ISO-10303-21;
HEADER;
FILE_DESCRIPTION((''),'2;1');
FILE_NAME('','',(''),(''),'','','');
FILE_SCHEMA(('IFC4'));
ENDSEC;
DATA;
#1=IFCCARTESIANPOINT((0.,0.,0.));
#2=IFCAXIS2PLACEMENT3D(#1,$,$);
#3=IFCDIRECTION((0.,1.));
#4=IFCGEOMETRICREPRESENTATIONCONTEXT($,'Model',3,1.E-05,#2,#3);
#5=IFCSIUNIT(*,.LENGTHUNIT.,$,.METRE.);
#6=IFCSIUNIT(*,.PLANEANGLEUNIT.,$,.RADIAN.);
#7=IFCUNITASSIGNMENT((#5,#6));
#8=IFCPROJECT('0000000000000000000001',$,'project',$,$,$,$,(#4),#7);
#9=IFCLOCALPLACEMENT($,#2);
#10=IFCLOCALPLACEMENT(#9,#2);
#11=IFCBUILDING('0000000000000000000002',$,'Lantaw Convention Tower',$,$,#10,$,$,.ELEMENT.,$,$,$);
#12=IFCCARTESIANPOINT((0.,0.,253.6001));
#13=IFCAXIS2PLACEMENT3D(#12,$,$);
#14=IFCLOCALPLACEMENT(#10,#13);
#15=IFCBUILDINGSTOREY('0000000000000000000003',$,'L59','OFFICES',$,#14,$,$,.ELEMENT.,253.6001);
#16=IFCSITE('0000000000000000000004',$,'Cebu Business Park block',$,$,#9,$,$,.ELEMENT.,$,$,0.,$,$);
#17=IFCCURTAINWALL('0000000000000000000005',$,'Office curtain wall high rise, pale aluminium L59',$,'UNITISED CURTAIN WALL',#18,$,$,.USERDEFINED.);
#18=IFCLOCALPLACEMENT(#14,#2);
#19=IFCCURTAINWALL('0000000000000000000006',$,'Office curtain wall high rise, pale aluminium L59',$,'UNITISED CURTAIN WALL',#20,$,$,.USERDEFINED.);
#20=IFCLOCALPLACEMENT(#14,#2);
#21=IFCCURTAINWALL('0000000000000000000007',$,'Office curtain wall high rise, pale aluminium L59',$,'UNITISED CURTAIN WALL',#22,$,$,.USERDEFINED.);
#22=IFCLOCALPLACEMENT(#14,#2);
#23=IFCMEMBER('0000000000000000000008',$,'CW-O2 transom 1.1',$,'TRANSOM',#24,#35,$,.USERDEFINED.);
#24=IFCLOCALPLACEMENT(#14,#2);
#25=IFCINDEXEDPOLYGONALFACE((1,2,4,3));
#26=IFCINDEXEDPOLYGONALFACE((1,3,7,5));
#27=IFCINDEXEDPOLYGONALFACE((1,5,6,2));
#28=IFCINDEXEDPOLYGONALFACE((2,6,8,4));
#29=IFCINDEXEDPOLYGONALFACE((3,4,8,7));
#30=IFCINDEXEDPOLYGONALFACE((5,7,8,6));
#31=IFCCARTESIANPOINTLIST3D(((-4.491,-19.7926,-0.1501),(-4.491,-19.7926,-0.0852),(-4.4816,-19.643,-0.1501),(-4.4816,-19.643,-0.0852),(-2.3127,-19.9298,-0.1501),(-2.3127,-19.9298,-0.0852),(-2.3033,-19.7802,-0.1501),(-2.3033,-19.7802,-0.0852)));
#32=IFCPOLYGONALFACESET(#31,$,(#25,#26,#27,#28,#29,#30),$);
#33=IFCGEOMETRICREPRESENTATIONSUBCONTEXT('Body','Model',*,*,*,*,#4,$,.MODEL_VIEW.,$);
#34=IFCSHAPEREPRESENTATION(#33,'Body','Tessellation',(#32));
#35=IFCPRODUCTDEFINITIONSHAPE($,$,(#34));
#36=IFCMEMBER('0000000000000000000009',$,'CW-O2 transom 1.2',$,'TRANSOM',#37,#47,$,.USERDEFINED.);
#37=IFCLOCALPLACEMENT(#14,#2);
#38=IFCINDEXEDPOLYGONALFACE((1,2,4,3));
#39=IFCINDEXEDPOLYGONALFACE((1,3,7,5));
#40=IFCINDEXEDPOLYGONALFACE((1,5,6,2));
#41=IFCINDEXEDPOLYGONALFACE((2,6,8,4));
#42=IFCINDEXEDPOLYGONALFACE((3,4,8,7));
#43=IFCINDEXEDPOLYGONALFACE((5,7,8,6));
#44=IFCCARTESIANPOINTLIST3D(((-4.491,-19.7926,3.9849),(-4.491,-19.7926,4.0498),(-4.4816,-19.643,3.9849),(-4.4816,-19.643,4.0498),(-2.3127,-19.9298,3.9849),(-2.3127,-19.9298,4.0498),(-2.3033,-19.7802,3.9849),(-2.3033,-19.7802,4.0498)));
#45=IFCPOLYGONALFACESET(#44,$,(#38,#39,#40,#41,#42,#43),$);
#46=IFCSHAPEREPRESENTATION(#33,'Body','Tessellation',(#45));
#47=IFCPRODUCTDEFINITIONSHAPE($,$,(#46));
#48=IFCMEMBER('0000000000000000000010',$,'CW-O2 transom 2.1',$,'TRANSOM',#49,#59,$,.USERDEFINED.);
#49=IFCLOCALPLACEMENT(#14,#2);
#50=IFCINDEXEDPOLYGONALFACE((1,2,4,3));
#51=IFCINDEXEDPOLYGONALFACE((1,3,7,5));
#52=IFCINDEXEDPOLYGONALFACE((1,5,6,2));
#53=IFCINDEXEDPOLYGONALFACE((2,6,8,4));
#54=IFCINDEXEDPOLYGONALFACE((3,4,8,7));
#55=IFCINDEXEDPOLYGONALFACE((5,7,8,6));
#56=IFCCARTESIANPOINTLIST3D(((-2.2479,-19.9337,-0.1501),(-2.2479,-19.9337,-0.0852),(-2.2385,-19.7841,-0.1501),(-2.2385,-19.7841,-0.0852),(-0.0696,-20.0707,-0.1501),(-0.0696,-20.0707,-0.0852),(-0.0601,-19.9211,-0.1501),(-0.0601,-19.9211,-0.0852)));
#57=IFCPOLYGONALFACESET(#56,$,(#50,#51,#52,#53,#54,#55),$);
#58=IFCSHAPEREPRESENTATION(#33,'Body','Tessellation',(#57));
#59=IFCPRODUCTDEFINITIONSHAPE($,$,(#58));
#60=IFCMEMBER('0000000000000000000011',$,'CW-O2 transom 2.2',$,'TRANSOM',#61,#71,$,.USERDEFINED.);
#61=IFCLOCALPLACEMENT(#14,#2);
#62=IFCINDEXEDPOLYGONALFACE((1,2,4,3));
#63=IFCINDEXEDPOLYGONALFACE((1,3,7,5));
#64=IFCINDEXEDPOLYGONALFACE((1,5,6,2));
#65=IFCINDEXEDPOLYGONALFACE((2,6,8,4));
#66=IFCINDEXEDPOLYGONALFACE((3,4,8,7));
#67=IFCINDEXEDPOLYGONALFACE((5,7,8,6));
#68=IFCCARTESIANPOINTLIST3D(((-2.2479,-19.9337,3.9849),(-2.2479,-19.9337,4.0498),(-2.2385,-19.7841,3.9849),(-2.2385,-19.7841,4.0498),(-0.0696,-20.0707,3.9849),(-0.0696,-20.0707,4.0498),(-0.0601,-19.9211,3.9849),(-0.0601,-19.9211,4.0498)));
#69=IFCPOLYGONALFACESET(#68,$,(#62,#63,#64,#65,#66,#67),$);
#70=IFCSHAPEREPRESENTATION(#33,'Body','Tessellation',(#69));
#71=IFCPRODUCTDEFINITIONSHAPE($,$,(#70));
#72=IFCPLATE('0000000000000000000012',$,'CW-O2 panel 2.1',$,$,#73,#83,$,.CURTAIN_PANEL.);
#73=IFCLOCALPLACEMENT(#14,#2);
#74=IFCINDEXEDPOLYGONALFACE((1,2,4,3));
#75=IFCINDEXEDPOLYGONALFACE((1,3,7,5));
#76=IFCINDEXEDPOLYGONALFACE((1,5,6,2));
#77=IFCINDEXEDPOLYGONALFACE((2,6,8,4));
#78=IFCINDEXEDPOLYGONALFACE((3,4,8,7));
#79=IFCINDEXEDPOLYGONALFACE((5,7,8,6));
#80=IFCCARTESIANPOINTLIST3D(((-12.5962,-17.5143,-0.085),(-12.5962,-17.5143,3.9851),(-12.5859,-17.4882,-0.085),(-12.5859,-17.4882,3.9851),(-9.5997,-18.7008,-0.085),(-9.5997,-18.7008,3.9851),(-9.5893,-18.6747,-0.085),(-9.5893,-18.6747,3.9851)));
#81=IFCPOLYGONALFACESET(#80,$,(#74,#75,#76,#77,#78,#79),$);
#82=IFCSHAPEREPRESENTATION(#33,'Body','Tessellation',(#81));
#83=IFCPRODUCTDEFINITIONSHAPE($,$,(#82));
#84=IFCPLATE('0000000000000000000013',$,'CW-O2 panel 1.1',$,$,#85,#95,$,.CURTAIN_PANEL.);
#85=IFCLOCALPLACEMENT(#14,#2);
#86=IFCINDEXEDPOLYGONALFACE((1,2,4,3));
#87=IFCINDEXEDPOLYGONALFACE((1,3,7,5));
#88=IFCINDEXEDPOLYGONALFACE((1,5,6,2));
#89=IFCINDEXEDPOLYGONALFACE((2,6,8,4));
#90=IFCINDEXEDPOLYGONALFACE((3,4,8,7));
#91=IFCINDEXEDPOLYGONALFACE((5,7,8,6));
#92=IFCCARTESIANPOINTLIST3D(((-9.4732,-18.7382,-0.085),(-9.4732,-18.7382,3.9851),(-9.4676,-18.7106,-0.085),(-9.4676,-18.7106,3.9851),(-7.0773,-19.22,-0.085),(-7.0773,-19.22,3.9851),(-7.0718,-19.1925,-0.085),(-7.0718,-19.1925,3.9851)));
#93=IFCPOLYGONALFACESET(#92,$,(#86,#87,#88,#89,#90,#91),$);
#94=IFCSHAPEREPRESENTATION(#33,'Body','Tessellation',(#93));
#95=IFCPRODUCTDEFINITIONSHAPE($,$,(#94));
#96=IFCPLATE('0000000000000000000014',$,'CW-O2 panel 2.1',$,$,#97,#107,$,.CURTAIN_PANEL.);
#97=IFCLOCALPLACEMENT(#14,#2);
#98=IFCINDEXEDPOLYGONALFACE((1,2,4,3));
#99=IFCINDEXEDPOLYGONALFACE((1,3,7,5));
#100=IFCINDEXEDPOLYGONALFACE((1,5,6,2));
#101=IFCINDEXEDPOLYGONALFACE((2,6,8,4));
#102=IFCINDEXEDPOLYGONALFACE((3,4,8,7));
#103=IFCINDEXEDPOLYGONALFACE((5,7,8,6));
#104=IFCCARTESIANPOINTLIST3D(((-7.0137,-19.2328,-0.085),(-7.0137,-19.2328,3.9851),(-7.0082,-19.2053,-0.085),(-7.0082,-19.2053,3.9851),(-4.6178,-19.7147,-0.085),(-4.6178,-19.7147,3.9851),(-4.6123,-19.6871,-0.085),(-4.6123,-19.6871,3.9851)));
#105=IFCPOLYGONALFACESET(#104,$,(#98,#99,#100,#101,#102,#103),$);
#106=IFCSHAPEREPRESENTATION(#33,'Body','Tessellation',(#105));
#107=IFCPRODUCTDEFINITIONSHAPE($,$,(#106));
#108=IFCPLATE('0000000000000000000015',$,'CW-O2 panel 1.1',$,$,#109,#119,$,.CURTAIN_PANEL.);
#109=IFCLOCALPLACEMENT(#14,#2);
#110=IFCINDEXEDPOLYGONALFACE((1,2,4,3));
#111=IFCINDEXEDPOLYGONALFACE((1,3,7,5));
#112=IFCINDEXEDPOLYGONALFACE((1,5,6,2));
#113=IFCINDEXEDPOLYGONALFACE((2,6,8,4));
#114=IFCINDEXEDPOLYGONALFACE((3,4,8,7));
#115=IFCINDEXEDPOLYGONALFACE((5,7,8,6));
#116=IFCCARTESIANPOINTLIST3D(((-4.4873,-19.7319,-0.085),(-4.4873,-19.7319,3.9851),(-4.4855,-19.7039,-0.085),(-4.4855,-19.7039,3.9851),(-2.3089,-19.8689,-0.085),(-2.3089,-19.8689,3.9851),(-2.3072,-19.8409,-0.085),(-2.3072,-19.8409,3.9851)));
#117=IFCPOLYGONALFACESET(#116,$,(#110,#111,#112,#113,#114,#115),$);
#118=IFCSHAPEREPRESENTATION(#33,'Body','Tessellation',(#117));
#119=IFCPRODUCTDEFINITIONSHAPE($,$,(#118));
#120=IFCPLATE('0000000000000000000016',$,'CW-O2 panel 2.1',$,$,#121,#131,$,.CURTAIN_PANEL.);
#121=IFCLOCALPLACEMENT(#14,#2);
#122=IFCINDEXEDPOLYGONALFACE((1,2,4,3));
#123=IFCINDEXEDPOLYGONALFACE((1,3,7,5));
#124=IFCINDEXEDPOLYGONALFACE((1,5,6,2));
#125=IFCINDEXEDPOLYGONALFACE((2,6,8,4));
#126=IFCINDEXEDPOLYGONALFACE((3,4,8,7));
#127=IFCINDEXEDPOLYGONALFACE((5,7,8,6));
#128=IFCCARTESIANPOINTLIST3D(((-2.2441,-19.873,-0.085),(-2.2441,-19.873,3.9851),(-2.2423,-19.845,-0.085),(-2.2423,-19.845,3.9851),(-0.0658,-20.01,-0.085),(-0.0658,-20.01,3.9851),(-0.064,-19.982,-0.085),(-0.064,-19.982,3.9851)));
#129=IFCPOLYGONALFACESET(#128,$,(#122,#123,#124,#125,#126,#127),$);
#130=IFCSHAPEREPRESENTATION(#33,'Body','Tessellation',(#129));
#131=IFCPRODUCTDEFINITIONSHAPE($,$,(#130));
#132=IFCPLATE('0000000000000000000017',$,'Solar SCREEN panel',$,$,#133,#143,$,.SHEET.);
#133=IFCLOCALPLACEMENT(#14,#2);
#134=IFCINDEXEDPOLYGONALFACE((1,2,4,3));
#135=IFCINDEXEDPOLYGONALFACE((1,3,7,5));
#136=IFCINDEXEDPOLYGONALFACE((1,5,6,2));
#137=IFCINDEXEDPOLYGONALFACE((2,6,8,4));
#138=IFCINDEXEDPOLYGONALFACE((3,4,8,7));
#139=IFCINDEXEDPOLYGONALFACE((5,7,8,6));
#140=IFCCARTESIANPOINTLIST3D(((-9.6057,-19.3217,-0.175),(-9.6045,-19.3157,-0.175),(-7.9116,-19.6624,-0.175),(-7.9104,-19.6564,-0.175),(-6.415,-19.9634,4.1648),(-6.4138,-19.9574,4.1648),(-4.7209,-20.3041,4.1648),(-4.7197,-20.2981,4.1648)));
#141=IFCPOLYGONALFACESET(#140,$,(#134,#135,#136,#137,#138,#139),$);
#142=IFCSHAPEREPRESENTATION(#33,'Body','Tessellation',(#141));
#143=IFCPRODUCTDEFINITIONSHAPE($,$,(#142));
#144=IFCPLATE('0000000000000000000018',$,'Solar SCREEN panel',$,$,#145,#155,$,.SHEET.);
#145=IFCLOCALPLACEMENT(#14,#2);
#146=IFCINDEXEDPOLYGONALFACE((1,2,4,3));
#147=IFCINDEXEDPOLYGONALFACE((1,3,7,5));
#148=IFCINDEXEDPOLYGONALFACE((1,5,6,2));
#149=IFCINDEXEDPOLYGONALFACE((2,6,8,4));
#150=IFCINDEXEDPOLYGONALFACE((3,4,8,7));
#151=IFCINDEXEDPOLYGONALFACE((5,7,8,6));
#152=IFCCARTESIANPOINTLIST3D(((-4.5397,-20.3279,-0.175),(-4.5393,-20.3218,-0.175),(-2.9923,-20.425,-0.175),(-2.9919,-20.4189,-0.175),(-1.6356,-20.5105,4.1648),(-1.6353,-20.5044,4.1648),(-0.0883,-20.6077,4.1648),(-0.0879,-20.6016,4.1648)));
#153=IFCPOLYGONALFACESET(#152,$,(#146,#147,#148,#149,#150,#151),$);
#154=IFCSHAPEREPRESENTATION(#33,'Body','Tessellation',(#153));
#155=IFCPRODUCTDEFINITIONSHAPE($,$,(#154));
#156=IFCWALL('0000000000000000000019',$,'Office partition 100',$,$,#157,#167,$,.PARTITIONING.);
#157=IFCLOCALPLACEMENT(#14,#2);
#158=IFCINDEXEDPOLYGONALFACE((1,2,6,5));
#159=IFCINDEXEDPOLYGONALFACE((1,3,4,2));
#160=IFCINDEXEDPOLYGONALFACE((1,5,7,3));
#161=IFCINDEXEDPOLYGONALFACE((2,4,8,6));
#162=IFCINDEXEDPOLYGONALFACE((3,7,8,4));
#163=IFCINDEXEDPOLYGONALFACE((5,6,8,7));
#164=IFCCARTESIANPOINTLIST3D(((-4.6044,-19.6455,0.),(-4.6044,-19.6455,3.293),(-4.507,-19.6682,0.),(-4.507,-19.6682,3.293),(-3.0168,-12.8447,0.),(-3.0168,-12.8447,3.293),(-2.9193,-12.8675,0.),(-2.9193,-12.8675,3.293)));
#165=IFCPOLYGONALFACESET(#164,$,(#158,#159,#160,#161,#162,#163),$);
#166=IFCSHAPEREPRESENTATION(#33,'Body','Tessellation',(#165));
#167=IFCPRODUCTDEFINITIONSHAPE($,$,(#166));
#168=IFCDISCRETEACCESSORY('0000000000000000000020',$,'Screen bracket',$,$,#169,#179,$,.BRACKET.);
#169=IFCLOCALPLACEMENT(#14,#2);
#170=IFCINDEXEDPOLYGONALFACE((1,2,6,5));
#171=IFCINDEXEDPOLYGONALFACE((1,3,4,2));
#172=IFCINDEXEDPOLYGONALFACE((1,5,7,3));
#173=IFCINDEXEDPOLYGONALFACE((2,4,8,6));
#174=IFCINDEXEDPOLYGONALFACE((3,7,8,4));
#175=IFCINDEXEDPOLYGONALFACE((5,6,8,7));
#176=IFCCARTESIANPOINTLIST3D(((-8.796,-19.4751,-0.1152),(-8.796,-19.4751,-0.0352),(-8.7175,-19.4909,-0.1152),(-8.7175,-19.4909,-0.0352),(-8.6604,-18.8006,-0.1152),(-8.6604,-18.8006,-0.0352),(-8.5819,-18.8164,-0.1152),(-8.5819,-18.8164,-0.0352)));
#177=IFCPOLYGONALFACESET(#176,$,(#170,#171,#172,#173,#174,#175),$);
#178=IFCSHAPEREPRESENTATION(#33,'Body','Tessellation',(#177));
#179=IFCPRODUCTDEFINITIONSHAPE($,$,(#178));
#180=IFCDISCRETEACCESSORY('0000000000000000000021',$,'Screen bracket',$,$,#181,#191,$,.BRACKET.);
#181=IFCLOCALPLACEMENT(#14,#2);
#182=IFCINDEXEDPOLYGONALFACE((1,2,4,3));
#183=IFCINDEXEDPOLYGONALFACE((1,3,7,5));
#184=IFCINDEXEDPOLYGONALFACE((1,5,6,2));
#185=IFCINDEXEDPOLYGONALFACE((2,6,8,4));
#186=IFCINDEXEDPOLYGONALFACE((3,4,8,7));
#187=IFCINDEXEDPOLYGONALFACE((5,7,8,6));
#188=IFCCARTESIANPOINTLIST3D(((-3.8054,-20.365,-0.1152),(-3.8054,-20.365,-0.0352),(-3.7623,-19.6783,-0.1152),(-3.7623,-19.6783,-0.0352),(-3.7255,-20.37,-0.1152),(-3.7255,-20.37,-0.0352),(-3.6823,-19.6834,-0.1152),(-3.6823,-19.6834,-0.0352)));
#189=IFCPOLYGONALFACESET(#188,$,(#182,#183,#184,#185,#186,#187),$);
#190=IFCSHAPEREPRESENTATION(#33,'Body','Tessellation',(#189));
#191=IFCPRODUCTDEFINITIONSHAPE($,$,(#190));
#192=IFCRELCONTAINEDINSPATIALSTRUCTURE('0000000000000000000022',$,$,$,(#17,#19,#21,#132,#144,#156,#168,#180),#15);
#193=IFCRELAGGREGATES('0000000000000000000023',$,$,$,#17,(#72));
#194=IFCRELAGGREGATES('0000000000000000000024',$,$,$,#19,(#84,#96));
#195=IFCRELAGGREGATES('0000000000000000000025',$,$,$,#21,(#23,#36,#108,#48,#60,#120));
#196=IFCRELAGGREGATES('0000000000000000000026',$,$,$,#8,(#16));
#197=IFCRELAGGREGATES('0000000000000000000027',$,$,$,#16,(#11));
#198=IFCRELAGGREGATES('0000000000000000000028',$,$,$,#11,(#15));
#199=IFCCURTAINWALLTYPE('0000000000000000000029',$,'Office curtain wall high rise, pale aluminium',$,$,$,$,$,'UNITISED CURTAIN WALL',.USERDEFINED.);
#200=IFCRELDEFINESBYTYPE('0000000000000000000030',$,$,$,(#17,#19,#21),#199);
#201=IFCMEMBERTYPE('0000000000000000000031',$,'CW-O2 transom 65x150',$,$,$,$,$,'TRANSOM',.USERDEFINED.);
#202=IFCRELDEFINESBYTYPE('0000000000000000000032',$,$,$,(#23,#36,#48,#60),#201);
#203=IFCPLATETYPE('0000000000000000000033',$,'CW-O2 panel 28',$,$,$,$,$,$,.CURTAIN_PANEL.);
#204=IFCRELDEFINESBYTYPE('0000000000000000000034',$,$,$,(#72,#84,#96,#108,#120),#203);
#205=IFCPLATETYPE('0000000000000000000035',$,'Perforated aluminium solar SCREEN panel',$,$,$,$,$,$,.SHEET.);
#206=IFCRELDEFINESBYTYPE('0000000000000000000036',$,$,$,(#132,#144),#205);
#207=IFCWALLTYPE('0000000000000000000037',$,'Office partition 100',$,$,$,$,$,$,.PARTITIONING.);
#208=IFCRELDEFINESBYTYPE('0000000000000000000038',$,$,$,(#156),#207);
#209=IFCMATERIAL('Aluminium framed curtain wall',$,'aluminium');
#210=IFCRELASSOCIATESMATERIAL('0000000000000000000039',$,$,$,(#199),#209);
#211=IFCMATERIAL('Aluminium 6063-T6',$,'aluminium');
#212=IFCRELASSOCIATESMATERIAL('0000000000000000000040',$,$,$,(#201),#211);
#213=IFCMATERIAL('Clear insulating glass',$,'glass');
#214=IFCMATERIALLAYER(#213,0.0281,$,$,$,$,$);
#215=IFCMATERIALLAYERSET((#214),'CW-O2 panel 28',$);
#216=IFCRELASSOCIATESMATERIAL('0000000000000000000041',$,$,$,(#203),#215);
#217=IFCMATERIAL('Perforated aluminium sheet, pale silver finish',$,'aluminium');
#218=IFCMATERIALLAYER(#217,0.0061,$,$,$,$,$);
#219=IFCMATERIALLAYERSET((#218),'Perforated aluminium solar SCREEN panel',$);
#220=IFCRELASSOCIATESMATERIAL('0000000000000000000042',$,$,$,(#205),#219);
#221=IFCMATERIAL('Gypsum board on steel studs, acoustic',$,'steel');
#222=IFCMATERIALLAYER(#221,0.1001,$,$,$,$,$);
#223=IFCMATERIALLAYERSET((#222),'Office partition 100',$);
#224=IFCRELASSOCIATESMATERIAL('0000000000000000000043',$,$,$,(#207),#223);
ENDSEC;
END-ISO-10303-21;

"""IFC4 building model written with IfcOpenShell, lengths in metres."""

from ifc_helpers import new_model, si_unit, direction, frame, frame_2d, origin, origin_2d, place, context, subcontext, project, spatial, polyline, rectangle, outline, extrude, material, layer, layer_set, material_profile, profile_set, type_object, element, aggregate, save


model = new_model("IFC4")

# Units and contexts
model_context = context("Model", 3, precision=1e-05, world=origin(), true_north=direction((0.0, 1.0)))
body_context = subcontext(model_context, "Body", "Model", "MODEL_VIEW")
ifc_project = project(units=[si_unit("LENGTHUNIT", "METRE"), si_unit("PLANEANGLEUNIT", "RADIAN")], contexts=[model_context])

# Site, building, storey
site_placement = place(None, origin())
site = spatial("IfcSite", under=ifc_project, at=site_placement, Name="Cebu Business Park block", CompositionType="ELEMENT", RefElevation=0.0)
building_placement = place(site_placement, origin())
building = spatial("IfcBuilding", under=site, at=building_placement, Name="Lantaw Convention Tower", CompositionType="ELEMENT")
storey_placement = place(building_placement, frame((0.0, 0.0, 253.6001)))
storey = spatial("IfcBuildingStorey", under=building, at=storey_placement, Name="L59", Description="OFFICES", CompositionType="ELEMENT", Elevation=253.6001)

# Curtain walls
ifc_material_1 = material(Name="Aluminium framed curtain wall", Category="aluminium")
curtain_wall_type = type_object("IfcCurtainWallType", Name="Office curtain wall high rise, pale aluminium", ElementType="UNITISED CURTAIN WALL", PredefinedType="USERDEFINED", material=ifc_material_1)
curtain_wall_1_placement = place(storey_placement, origin())
curtain_wall_1 = element("IfcCurtainWall", 1, at=curtain_wall_1_placement, inside=storey, type_object=curtain_wall_type, Name="Office curtain wall high rise, pale aluminium L59", ObjectType="UNITISED CURTAIN WALL", PredefinedType="USERDEFINED")
ifc_material_2 = material(Name="Aluminium 6063-T6", Category="aluminium")
curtain_wall_2_placement = place(storey_placement, origin())
curtain_wall_2 = element("IfcCurtainWall", 2, at=curtain_wall_2_placement, inside=storey, type_object=curtain_wall_type, Name="Office curtain wall high rise, pale aluminium L59", ObjectType="UNITISED CURTAIN WALL", PredefinedType="USERDEFINED")
curtain_wall_3_placement = place(storey_placement, origin())
curtain_wall_3 = element("IfcCurtainWall", 3, at=curtain_wall_3_placement, inside=storey, type_object=curtain_wall_type, Name="Office curtain wall high rise, pale aluminium L59", ObjectType="UNITISED CURTAIN WALL", PredefinedType="USERDEFINED")

# Members
ifc_material_profile_1 = material_profile(ifc_material_2, rectangle(XDim=0.1499, YDim=0.0649, at=origin_2d()), Name="CW-O2 transom 65x150")
ifc_profile_set_1 = profile_set([ifc_material_profile_1], Name="Aluminium 6063-T6")
member_type_1 = type_object("IfcMemberType", Name="CW-O2 transom 65x150", ElementType="TRANSOM", PredefinedType="USERDEFINED", material=ifc_profile_set_1)
member_1_placement = place(storey_placement, frame((-4.4863, -19.7178, -0.1177), z_axis=(0.998022, -0.062866, 0.0), x_axis=(0.062866, 0.998022, 0.0)))
member_1 = element("IfcMember", 4, at=member_1_placement, type_object=member_type_1, Name="CW-O2 transom 1.1", ObjectType="TRANSOM", PredefinedType="USERDEFINED", context=body_context, shape_type="SweptSolid", body=[
    extrude(rectangle(XDim=0.1499, YDim=0.0649, at=origin_2d()), origin(), (0.0, 0.0, 1.0), 2.1826),
])
member_2_placement = place(storey_placement, frame((-4.4863, -19.7178, 4.0173), z_axis=(0.998022, -0.062866, 0.0), x_axis=(0.062866, 0.998022, 0.0)))
member_2 = element("IfcMember", 5, at=member_2_placement, type_object=member_type_1, Name="CW-O2 transom 1.2", ObjectType="TRANSOM", PredefinedType="USERDEFINED", context=body_context, shape_type="SweptSolid", body=[
    extrude(rectangle(XDim=0.1499, YDim=0.0649, at=origin_2d()), origin(), (0.0, 0.0, 1.0), 2.1826),
])
member_3_placement = place(storey_placement, frame((-2.2432, -19.8589, -0.1177), z_axis=(0.998029, -0.062754, 0.0), x_axis=(0.062754, 0.998029, 0.0)))
member_3 = element("IfcMember", 6, at=member_3_placement, type_object=member_type_1, Name="CW-O2 transom 2.1", ObjectType="TRANSOM", PredefinedType="USERDEFINED", context=body_context, shape_type="SweptSolid", body=[
    extrude(rectangle(XDim=0.1499, YDim=0.0649, at=origin_2d()), origin(), (0.0, 0.0, 1.0), 2.1826),
])
member_4_placement = place(storey_placement, frame((-2.2432, -19.8589, 4.0173), z_axis=(0.998029, -0.062754, 0.0), x_axis=(0.062754, 0.998029, 0.0)))
member_4 = element("IfcMember", 7, at=member_4_placement, type_object=member_type_1, Name="CW-O2 transom 2.2", ObjectType="TRANSOM", PredefinedType="USERDEFINED", context=body_context, shape_type="SweptSolid", body=[
    extrude(rectangle(XDim=0.1499, YDim=0.0649, at=origin_2d()), origin(), (0.0, 0.0, 1.0), 2.1826),
])

# Plates
ifc_material_3 = material(Name="Clear insulating glass", Category="glass")
ifc_layer_1 = layer(ifc_material_3, 0.0281)
ifc_layer_set_1 = layer_set([ifc_layer_1], Name="CW-O2 panel 28")
plate_type_1 = type_object("IfcPlateType", Name="CW-O2 panel 28", PredefinedType="CURTAIN_PANEL", material=ifc_layer_set_1)
plate_1_placement = place(storey_placement, frame((-11.0928, -18.0945, -0.085), z_axis=(0.0, 0.0, 1.0), x_axis=(0.929762, -0.368162, 0.0)))
plate_1 = element("IfcPlate", 8, at=plate_1_placement, type_object=plate_type_1, Name="CW-O2 panel 2.1", PredefinedType="CURTAIN_PANEL", context=body_context, shape_type="SweptSolid", body=[
    extrude(rectangle(XDim=3.2229, YDim=0.0281, at=origin_2d()), origin(), (0.0, 0.0, 1.0), 4.0701),
])
aggregate(curtain_wall_1, [plate_1])
plate_2_placement = place(storey_placement, frame((-8.2725, -18.9653, -0.085), z_axis=(0.0, 0.0, 1.0), x_axis=(0.980367, -0.197183, 0.0)))
plate_2 = element("IfcPlate", 9, at=plate_2_placement, type_object=plate_type_1, Name="CW-O2 panel 1.1", PredefinedType="CURTAIN_PANEL", context=body_context, shape_type="SweptSolid", body=[
    extrude(rectangle(XDim=2.4438, YDim=0.0281, at=origin_2d()), origin(), (0.0, 0.0, 1.0), 4.0701),
])
plate_3_placement = place(storey_placement, frame((-5.813, -19.46, -0.085), z_axis=(0.0, 0.0, 1.0), x_axis=(0.980367, -0.197183, 0.0)))
plate_3 = element("IfcPlate", 10, at=plate_3_placement, type_object=plate_type_1, Name="CW-O2 panel 2.1", PredefinedType="CURTAIN_PANEL", context=body_context, shape_type="SweptSolid", body=[
    extrude(rectangle(XDim=2.4438, YDim=0.0281, at=origin_2d()), origin(), (0.0, 0.0, 1.0), 4.0701),
])
aggregate(curtain_wall_2, [plate_2, plate_3])
plate_4_placement = place(storey_placement, frame((-3.3972, -19.7864, -0.085), z_axis=(0.0, 0.0, 1.0), x_axis=(0.998029, -0.062758, 0.0)))
plate_4 = element("IfcPlate", 11, at=plate_4_placement, type_object=plate_type_1, Name="CW-O2 panel 1.1", PredefinedType="CURTAIN_PANEL", context=body_context, shape_type="SweptSolid", body=[
    extrude(rectangle(XDim=2.1826, YDim=0.0281, at=origin_2d()), origin(), (0.0, 0.0, 1.0), 4.0701),
])
plate_5_placement = place(storey_placement, frame((-1.1541, -19.9275, -0.085), z_axis=(0.0, 0.0, 1.0), x_axis=(0.998029, -0.062758, 0.0)))
plate_5 = element("IfcPlate", 12, at=plate_5_placement, type_object=plate_type_1, Name="CW-O2 panel 2.1", PredefinedType="CURTAIN_PANEL", context=body_context, shape_type="SweptSolid", body=[
    extrude(rectangle(XDim=2.1826, YDim=0.0281, at=origin_2d()), origin(), (0.0, 0.0, 1.0), 4.0701),
])
aggregate(curtain_wall_3, [member_1, member_2, plate_4, member_3, member_4, plate_5])

# Plates
ifc_material_4 = material(Name="Perforated aluminium sheet, pale silver finish", Category="aluminium")
ifc_layer_2 = layer(ifc_material_4, 0.0061)
ifc_layer_set_2 = layer_set([ifc_layer_2], Name="Perforated aluminium solar SCREEN panel")
plate_type_2 = type_object("IfcPlateType", Name="Perforated aluminium solar SCREEN panel", PredefinedType="SHEET", material=ifc_layer_set_2)
plate_6_placement = place(storey_placement, frame((-9.6045, -19.3157, -0.175), z_axis=(0.197162, 0.980371, 0.000011), x_axis=(0.980371, -0.197162, 0.0)))
element("IfcPlate", 13, at=plate_6_placement, inside=storey, type_object=plate_type_2, Name="Solar SCREEN panel", PredefinedType="SHEET", context=body_context, shape_type="SweptSolid", body=[
    extrude(outline(polyline([(0.0, 0.0), (1.728, 0.0), (4.9826, -4.3398), (3.2545, -4.3398), (0.0, 0.0)])), origin(), (0.0, 0.0, -1.0), 0.0061),
])
plate_7_placement = place(storey_placement, frame((-4.5393, -20.3218, -0.175), z_axis=(0.062672, 0.998034, 0.000059), x_axis=(0.998034, -0.062672, 0.0)))
element("IfcPlate", 14, at=plate_7_placement, inside=storey, type_object=plate_type_2, Name="Solar SCREEN panel", PredefinedType="SHEET", context=body_context, shape_type="SweptSolid", body=[
    extrude(outline(polyline([(0.0, 0.0), (1.5504, 0.0), (4.4602, -4.3398), (2.9098, -4.3398), (0.0, 0.0)])), origin(), (0.0, 0.0, -1.0), 0.0061),
])

# Wall
ifc_material_5 = material(Name="Gypsum board on steel studs, acoustic", Category="steel")
ifc_layer_3 = layer(ifc_material_5, 0.1001)
ifc_layer_set_3 = layer_set([ifc_layer_3], Name="Office partition 100")
wall_type = type_object("IfcWallType", Name="Office partition 100", PredefinedType="PARTITIONING", material=ifc_layer_set_3)
wall_placement = place(storey_placement, frame((-4.5557, -19.6567, 0.0), z_axis=(0.0, 0.0, 1.0), x_axis=(0.227338, 0.973816, 0.0)))
element("IfcWall", 15, at=wall_placement, inside=storey, type_object=wall_type, Name="Office partition 100", PredefinedType="PARTITIONING", context=body_context, shape_type="SweptSolid", body=[
    extrude(rectangle(XDim=6.9836, YDim=0.1001, at=frame_2d((3.4917, 0.0))), origin(), (0.0, 0.0, 1.0), 3.293),
])

# Discrete accessories
for number, where, z_axis, x_axis, name in (
    (16, (-8.689, -19.1458, -0.1152), (0.0, 0.0, 1.0), (0.980367, -0.197183, 0.0), "Screen bracket"),
    (17, (-3.7439, -20.0242, -0.1152), (0.0, 0.0, 1.0), (0.998029, -0.062758, 0.0), "Screen bracket"),
):
    element("IfcDiscreteAccessory", number, at=place(storey_placement, frame(where, z_axis=z_axis, x_axis=x_axis)), inside=storey, Name=name, PredefinedType="BRACKET", context=body_context, shape_type="SweptSolid", body=[
        extrude(rectangle(XDim=0.0801, YDim=0.688, at=origin_2d()), origin(), (0.0, 0.0, 1.0), 0.0801),
    ])

save(model, "model.ifc")
